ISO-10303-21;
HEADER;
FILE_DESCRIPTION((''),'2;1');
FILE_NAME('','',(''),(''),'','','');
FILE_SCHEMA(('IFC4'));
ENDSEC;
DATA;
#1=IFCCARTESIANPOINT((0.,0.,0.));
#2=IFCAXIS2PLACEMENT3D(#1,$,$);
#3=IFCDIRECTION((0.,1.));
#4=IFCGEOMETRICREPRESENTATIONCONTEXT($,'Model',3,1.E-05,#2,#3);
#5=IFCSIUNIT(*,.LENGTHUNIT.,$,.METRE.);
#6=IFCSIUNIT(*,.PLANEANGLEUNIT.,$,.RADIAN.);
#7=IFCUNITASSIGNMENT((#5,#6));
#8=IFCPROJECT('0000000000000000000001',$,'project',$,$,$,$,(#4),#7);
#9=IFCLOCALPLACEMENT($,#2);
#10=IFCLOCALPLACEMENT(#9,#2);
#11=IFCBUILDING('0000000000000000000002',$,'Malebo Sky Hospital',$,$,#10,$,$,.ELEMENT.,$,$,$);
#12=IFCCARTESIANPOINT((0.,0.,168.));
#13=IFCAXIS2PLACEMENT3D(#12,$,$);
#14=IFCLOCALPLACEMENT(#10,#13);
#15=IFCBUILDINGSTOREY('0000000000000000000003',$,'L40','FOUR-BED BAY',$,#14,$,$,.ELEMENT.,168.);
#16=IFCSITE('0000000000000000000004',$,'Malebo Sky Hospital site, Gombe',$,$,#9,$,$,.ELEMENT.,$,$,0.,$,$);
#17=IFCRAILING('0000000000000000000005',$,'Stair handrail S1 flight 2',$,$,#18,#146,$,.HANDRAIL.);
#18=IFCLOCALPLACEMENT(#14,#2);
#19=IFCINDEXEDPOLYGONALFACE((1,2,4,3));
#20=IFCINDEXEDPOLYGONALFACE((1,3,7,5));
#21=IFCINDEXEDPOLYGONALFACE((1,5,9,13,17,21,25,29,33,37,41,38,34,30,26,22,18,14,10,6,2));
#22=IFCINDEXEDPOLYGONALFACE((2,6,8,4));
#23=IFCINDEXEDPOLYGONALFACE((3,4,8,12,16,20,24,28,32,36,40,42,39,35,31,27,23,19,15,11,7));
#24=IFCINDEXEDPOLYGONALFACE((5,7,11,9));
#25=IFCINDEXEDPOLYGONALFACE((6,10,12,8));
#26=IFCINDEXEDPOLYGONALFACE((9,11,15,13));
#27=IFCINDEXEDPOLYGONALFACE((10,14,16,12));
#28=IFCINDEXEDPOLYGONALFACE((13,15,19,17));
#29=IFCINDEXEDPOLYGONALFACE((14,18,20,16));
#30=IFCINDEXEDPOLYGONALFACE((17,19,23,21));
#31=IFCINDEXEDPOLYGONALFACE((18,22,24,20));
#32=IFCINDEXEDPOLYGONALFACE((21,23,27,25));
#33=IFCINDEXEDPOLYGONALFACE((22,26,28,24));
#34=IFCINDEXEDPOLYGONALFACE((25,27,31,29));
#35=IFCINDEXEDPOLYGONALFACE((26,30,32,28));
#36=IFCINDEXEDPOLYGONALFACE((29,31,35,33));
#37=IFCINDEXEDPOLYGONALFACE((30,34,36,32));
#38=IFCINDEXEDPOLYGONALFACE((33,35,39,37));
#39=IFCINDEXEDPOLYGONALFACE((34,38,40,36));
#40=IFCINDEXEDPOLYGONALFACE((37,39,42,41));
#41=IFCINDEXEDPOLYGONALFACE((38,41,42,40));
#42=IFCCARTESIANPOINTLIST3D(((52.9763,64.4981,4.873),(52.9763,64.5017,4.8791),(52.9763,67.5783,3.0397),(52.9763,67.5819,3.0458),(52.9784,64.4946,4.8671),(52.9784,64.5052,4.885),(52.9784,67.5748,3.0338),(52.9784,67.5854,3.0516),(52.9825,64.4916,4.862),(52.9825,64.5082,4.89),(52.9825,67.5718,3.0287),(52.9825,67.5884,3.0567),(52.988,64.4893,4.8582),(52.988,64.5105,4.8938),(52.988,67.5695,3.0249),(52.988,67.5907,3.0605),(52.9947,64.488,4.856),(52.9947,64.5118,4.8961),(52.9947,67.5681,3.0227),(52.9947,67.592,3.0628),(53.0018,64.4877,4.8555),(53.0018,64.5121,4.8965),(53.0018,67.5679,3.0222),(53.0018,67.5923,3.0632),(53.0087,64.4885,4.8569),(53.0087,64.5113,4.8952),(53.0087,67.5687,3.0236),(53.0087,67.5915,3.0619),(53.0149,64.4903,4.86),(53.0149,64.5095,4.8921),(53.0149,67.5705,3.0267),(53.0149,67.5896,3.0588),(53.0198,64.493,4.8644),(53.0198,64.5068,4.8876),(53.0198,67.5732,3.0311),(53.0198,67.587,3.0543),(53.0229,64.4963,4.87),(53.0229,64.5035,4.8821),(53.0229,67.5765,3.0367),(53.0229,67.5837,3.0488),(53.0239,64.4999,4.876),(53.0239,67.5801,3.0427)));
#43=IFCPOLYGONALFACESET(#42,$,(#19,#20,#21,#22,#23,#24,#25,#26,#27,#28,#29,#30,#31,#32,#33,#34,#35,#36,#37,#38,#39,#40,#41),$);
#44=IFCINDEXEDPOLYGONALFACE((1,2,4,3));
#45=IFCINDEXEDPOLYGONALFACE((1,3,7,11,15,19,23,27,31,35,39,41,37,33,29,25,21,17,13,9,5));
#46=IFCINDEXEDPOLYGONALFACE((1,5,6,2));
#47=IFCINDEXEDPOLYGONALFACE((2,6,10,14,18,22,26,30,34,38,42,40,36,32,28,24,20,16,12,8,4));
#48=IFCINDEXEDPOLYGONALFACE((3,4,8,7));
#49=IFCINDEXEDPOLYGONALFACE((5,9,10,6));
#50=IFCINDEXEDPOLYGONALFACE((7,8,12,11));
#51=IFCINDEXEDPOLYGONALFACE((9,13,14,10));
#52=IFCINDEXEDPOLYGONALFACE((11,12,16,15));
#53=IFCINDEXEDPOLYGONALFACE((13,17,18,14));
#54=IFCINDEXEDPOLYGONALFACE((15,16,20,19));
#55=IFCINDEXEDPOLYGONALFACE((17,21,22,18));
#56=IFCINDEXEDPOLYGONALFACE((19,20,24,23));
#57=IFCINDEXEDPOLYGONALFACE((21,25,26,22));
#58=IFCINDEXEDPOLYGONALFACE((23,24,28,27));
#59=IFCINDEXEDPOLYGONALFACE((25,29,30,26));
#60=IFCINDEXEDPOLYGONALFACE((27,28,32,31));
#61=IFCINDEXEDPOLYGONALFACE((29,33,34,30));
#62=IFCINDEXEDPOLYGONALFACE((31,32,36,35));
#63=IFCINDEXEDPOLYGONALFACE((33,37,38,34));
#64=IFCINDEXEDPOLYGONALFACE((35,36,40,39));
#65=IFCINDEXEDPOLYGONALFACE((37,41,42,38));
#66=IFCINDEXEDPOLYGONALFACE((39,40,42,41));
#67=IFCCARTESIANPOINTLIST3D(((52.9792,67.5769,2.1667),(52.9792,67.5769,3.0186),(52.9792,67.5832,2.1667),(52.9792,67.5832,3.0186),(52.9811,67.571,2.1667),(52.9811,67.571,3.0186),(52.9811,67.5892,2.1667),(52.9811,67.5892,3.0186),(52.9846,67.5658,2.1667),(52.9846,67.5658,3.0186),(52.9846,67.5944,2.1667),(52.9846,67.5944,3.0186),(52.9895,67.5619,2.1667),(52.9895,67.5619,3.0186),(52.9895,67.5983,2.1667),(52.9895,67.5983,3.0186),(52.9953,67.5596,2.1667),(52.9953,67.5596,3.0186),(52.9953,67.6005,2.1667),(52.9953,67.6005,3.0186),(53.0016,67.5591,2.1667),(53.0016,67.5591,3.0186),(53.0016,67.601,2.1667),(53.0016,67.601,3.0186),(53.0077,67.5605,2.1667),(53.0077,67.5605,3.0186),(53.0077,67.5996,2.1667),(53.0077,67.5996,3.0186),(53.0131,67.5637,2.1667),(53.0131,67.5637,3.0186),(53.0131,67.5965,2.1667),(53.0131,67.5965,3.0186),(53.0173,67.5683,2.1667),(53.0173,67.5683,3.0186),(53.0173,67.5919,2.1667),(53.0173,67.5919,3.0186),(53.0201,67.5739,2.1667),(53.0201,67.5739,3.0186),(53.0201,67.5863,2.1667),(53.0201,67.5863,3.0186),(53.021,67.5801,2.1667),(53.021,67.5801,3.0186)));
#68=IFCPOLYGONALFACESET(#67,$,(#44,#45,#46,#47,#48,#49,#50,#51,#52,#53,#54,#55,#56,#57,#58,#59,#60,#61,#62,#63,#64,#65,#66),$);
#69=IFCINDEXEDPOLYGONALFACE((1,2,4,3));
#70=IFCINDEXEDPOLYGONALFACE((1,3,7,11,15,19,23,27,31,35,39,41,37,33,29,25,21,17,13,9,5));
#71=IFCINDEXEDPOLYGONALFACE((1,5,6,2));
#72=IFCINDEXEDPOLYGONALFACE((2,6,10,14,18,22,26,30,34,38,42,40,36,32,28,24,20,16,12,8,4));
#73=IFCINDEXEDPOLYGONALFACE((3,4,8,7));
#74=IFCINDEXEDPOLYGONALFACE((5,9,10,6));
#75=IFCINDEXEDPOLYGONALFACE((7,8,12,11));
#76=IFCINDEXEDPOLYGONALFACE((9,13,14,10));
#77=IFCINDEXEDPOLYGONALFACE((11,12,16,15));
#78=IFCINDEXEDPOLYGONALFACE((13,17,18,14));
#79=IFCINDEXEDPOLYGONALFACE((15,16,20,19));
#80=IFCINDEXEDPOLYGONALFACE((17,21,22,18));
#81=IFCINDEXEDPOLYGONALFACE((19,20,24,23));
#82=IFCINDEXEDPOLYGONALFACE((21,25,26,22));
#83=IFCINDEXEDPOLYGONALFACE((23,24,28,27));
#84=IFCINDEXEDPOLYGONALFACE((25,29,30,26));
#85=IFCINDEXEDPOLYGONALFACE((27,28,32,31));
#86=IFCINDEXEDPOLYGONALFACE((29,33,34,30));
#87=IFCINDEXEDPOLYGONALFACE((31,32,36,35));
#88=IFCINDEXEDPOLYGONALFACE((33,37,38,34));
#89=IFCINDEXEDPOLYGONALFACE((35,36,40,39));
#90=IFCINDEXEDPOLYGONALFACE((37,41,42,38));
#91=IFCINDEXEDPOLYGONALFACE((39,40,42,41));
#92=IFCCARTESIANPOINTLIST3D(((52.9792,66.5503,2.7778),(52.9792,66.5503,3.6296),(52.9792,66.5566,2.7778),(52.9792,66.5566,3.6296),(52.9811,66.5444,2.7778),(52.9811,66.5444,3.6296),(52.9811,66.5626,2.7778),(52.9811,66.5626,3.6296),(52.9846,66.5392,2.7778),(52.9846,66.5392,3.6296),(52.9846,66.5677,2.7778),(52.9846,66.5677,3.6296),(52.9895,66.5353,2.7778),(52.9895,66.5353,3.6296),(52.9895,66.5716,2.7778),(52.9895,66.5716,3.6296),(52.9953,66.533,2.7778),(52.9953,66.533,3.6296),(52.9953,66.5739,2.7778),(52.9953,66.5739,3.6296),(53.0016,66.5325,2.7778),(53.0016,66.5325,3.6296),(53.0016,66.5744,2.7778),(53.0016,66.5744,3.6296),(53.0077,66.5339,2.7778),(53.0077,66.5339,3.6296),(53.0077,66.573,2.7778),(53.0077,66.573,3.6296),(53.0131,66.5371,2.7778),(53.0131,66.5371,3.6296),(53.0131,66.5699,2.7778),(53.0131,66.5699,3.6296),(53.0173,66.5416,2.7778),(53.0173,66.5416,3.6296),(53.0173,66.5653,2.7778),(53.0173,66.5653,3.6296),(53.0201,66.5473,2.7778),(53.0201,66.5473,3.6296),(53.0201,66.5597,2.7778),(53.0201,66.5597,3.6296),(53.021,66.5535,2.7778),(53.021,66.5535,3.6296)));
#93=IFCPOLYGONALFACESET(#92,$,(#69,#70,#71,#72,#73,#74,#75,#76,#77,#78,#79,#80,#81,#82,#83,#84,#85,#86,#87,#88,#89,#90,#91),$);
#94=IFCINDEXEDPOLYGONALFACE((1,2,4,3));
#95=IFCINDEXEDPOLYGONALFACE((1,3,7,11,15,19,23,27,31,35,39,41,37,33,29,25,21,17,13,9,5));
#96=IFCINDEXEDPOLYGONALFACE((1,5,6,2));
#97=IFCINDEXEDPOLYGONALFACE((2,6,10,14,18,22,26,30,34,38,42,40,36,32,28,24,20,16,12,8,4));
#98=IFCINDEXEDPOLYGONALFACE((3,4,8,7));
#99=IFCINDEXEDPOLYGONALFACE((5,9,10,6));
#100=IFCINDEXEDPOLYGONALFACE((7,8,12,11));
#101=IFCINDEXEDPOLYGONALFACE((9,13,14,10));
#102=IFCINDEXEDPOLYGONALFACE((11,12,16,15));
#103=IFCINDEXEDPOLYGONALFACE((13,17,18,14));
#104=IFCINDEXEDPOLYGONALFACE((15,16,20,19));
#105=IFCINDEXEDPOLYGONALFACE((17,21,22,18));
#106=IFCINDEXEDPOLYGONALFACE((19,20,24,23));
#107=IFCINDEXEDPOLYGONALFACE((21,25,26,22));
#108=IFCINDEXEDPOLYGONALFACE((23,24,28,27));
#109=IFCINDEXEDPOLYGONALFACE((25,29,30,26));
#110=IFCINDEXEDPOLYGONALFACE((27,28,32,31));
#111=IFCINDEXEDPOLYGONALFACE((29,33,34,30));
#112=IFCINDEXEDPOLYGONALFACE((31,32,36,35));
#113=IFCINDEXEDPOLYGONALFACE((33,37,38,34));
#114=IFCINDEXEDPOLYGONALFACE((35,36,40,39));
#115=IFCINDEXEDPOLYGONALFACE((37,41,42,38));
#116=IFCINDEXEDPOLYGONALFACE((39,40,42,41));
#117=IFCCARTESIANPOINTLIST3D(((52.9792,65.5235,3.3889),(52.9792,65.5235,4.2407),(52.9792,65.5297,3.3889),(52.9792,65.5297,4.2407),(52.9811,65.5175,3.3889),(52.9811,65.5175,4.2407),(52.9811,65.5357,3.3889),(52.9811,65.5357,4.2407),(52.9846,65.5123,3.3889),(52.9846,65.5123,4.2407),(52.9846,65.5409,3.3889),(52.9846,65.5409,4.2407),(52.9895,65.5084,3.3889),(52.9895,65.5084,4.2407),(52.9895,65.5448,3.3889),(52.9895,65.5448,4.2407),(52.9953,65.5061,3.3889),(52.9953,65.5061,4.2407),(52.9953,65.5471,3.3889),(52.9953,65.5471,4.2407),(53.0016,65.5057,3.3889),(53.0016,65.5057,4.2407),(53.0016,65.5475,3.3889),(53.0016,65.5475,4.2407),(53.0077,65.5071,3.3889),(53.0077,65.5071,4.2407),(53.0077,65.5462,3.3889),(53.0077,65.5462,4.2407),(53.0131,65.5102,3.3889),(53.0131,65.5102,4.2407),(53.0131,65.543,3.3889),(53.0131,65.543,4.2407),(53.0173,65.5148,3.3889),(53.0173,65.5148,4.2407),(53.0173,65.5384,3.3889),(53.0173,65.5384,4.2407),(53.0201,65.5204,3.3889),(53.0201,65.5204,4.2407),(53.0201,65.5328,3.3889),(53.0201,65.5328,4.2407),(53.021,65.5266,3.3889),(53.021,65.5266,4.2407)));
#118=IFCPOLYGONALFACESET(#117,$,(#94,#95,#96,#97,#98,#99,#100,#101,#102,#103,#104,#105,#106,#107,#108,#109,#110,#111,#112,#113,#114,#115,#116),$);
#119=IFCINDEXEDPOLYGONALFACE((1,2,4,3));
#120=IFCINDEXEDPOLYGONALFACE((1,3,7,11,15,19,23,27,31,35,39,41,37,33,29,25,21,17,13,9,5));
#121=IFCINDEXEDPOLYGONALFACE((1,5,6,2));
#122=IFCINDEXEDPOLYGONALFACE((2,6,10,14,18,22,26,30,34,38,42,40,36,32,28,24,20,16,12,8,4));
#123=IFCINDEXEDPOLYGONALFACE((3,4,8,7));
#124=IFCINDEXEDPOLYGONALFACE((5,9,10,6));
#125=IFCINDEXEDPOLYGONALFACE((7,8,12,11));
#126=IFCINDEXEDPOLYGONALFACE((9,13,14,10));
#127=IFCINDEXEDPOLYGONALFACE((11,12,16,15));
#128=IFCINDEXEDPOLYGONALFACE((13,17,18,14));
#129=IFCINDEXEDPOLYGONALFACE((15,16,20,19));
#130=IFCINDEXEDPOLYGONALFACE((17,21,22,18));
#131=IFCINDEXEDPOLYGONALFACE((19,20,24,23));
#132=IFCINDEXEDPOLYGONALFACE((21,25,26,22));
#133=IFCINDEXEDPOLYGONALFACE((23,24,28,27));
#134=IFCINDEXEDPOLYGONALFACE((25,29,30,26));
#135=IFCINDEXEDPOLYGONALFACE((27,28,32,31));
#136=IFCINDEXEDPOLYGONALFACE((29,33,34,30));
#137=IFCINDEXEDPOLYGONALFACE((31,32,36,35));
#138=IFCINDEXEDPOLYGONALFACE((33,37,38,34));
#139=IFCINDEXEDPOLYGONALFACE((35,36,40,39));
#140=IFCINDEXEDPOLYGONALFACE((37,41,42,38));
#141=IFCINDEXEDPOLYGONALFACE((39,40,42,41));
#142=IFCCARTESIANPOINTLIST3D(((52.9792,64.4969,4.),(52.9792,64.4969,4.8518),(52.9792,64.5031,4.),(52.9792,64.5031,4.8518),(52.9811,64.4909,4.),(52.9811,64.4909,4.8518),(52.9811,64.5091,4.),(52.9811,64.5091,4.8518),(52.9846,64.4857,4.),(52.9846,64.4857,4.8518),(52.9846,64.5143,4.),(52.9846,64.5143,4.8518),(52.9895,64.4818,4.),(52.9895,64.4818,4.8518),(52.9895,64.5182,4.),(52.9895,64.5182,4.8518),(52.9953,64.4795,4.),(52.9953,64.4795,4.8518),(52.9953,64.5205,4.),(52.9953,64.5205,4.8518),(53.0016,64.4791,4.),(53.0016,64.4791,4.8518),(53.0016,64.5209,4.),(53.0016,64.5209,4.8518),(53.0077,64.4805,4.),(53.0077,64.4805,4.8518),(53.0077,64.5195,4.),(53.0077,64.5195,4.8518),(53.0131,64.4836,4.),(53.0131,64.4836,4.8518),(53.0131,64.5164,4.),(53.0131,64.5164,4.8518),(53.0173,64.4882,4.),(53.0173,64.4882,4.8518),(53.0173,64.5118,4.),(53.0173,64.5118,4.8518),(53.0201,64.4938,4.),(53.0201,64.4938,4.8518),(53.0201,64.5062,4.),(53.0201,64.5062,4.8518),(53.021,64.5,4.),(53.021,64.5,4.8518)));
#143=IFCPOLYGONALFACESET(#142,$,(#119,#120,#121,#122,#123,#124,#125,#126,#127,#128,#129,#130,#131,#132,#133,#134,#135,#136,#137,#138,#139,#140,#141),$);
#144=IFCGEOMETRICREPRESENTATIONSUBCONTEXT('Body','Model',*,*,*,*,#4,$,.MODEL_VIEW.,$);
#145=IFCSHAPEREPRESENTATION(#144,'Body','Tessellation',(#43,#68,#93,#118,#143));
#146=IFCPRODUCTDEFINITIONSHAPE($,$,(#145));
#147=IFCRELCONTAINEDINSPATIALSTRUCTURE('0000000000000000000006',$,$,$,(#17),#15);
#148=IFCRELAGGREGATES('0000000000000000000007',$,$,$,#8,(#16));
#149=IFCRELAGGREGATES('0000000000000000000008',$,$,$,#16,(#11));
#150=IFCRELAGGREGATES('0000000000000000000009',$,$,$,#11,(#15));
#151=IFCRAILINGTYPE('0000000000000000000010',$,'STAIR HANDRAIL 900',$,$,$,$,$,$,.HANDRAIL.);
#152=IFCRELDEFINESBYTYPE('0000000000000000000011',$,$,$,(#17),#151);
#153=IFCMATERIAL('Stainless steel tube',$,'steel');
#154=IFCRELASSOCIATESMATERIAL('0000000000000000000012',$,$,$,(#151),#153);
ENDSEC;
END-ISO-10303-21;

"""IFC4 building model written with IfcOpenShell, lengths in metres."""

from ifc_helpers import new_model, si_unit, direction, frame, origin, origin_2d, place, context, subcontext, project, spatial, circle, extrude, material, type_object, element, save


model = new_model("IFC4")

# Units and contexts
model_context = context("Model", 3, precision=1e-05, world=origin(), true_north=direction((0.0, 1.0)))
body_context = subcontext(model_context, "Body", "Model", "MODEL_VIEW")
ifc_project = project(units=[si_unit("LENGTHUNIT", "METRE"), si_unit("PLANEANGLEUNIT", "RADIAN")], contexts=[model_context])

# Site, building, storey
site_placement = place(None, origin())
site = spatial("IfcSite", under=ifc_project, at=site_placement, Name="Malebo Sky Hospital site, Gombe", CompositionType="ELEMENT", RefElevation=0.0)
building_placement = place(site_placement, origin())
building = spatial("IfcBuilding", under=site, at=building_placement, Name="Malebo Sky Hospital", CompositionType="ELEMENT")
storey_placement = place(building_placement, frame((0.0, 0.0, 168.0)))
storey = spatial("IfcBuildingStorey", under=building, at=storey_placement, Name="L40", Description="FOUR-BED BAY", CompositionType="ELEMENT", Elevation=168.0)

# Railing
ifc_material_1 = material(Name="Stainless steel tube", Category="steel")
railing_type = type_object("IfcRailingType", Name="STAIR HANDRAIL 900", PredefinedType="HANDRAIL", material=ifc_material_1)
railing_1_placement = place(storey_placement, frame((53.0, 67.5801, 2.1667)))
element("IfcRailing", 1, at=railing_1_placement, inside=storey, type_object=railing_type, Name="Stair handrail S1 flight 2", PredefinedType="HANDRAIL", context=body_context, shape_type="SweptSolid", body=[
    extrude(circle(Radius=0.0239, at=origin_2d()), frame((0.0, 0.0, 0.876), z_axis=(0.0, -0.859309, 0.511458), x_axis=(1.0, 0.0, 0.0)), (0.0, 0.0, 1.0), 3.5845),
    extrude(circle(Radius=0.021, at=origin_2d()), origin(), (0.0, 0.0, 1.0), 0.8518),
    extrude(circle(Radius=0.021, at=origin_2d()), frame((0.0, -1.0266, 0.6111)), (0.0, 0.0, 1.0), 0.8518),
    extrude(circle(Radius=0.021, at=origin_2d()), frame((0.0, -2.0535, 1.2222)), (0.0, 0.0, 1.0), 0.8518),
    extrude(circle(Radius=0.021, at=origin_2d()), frame((0.0, -3.0801, 1.8333)), (0.0, 0.0, 1.0), 0.8518),
])

save(model, "model.ifc")
